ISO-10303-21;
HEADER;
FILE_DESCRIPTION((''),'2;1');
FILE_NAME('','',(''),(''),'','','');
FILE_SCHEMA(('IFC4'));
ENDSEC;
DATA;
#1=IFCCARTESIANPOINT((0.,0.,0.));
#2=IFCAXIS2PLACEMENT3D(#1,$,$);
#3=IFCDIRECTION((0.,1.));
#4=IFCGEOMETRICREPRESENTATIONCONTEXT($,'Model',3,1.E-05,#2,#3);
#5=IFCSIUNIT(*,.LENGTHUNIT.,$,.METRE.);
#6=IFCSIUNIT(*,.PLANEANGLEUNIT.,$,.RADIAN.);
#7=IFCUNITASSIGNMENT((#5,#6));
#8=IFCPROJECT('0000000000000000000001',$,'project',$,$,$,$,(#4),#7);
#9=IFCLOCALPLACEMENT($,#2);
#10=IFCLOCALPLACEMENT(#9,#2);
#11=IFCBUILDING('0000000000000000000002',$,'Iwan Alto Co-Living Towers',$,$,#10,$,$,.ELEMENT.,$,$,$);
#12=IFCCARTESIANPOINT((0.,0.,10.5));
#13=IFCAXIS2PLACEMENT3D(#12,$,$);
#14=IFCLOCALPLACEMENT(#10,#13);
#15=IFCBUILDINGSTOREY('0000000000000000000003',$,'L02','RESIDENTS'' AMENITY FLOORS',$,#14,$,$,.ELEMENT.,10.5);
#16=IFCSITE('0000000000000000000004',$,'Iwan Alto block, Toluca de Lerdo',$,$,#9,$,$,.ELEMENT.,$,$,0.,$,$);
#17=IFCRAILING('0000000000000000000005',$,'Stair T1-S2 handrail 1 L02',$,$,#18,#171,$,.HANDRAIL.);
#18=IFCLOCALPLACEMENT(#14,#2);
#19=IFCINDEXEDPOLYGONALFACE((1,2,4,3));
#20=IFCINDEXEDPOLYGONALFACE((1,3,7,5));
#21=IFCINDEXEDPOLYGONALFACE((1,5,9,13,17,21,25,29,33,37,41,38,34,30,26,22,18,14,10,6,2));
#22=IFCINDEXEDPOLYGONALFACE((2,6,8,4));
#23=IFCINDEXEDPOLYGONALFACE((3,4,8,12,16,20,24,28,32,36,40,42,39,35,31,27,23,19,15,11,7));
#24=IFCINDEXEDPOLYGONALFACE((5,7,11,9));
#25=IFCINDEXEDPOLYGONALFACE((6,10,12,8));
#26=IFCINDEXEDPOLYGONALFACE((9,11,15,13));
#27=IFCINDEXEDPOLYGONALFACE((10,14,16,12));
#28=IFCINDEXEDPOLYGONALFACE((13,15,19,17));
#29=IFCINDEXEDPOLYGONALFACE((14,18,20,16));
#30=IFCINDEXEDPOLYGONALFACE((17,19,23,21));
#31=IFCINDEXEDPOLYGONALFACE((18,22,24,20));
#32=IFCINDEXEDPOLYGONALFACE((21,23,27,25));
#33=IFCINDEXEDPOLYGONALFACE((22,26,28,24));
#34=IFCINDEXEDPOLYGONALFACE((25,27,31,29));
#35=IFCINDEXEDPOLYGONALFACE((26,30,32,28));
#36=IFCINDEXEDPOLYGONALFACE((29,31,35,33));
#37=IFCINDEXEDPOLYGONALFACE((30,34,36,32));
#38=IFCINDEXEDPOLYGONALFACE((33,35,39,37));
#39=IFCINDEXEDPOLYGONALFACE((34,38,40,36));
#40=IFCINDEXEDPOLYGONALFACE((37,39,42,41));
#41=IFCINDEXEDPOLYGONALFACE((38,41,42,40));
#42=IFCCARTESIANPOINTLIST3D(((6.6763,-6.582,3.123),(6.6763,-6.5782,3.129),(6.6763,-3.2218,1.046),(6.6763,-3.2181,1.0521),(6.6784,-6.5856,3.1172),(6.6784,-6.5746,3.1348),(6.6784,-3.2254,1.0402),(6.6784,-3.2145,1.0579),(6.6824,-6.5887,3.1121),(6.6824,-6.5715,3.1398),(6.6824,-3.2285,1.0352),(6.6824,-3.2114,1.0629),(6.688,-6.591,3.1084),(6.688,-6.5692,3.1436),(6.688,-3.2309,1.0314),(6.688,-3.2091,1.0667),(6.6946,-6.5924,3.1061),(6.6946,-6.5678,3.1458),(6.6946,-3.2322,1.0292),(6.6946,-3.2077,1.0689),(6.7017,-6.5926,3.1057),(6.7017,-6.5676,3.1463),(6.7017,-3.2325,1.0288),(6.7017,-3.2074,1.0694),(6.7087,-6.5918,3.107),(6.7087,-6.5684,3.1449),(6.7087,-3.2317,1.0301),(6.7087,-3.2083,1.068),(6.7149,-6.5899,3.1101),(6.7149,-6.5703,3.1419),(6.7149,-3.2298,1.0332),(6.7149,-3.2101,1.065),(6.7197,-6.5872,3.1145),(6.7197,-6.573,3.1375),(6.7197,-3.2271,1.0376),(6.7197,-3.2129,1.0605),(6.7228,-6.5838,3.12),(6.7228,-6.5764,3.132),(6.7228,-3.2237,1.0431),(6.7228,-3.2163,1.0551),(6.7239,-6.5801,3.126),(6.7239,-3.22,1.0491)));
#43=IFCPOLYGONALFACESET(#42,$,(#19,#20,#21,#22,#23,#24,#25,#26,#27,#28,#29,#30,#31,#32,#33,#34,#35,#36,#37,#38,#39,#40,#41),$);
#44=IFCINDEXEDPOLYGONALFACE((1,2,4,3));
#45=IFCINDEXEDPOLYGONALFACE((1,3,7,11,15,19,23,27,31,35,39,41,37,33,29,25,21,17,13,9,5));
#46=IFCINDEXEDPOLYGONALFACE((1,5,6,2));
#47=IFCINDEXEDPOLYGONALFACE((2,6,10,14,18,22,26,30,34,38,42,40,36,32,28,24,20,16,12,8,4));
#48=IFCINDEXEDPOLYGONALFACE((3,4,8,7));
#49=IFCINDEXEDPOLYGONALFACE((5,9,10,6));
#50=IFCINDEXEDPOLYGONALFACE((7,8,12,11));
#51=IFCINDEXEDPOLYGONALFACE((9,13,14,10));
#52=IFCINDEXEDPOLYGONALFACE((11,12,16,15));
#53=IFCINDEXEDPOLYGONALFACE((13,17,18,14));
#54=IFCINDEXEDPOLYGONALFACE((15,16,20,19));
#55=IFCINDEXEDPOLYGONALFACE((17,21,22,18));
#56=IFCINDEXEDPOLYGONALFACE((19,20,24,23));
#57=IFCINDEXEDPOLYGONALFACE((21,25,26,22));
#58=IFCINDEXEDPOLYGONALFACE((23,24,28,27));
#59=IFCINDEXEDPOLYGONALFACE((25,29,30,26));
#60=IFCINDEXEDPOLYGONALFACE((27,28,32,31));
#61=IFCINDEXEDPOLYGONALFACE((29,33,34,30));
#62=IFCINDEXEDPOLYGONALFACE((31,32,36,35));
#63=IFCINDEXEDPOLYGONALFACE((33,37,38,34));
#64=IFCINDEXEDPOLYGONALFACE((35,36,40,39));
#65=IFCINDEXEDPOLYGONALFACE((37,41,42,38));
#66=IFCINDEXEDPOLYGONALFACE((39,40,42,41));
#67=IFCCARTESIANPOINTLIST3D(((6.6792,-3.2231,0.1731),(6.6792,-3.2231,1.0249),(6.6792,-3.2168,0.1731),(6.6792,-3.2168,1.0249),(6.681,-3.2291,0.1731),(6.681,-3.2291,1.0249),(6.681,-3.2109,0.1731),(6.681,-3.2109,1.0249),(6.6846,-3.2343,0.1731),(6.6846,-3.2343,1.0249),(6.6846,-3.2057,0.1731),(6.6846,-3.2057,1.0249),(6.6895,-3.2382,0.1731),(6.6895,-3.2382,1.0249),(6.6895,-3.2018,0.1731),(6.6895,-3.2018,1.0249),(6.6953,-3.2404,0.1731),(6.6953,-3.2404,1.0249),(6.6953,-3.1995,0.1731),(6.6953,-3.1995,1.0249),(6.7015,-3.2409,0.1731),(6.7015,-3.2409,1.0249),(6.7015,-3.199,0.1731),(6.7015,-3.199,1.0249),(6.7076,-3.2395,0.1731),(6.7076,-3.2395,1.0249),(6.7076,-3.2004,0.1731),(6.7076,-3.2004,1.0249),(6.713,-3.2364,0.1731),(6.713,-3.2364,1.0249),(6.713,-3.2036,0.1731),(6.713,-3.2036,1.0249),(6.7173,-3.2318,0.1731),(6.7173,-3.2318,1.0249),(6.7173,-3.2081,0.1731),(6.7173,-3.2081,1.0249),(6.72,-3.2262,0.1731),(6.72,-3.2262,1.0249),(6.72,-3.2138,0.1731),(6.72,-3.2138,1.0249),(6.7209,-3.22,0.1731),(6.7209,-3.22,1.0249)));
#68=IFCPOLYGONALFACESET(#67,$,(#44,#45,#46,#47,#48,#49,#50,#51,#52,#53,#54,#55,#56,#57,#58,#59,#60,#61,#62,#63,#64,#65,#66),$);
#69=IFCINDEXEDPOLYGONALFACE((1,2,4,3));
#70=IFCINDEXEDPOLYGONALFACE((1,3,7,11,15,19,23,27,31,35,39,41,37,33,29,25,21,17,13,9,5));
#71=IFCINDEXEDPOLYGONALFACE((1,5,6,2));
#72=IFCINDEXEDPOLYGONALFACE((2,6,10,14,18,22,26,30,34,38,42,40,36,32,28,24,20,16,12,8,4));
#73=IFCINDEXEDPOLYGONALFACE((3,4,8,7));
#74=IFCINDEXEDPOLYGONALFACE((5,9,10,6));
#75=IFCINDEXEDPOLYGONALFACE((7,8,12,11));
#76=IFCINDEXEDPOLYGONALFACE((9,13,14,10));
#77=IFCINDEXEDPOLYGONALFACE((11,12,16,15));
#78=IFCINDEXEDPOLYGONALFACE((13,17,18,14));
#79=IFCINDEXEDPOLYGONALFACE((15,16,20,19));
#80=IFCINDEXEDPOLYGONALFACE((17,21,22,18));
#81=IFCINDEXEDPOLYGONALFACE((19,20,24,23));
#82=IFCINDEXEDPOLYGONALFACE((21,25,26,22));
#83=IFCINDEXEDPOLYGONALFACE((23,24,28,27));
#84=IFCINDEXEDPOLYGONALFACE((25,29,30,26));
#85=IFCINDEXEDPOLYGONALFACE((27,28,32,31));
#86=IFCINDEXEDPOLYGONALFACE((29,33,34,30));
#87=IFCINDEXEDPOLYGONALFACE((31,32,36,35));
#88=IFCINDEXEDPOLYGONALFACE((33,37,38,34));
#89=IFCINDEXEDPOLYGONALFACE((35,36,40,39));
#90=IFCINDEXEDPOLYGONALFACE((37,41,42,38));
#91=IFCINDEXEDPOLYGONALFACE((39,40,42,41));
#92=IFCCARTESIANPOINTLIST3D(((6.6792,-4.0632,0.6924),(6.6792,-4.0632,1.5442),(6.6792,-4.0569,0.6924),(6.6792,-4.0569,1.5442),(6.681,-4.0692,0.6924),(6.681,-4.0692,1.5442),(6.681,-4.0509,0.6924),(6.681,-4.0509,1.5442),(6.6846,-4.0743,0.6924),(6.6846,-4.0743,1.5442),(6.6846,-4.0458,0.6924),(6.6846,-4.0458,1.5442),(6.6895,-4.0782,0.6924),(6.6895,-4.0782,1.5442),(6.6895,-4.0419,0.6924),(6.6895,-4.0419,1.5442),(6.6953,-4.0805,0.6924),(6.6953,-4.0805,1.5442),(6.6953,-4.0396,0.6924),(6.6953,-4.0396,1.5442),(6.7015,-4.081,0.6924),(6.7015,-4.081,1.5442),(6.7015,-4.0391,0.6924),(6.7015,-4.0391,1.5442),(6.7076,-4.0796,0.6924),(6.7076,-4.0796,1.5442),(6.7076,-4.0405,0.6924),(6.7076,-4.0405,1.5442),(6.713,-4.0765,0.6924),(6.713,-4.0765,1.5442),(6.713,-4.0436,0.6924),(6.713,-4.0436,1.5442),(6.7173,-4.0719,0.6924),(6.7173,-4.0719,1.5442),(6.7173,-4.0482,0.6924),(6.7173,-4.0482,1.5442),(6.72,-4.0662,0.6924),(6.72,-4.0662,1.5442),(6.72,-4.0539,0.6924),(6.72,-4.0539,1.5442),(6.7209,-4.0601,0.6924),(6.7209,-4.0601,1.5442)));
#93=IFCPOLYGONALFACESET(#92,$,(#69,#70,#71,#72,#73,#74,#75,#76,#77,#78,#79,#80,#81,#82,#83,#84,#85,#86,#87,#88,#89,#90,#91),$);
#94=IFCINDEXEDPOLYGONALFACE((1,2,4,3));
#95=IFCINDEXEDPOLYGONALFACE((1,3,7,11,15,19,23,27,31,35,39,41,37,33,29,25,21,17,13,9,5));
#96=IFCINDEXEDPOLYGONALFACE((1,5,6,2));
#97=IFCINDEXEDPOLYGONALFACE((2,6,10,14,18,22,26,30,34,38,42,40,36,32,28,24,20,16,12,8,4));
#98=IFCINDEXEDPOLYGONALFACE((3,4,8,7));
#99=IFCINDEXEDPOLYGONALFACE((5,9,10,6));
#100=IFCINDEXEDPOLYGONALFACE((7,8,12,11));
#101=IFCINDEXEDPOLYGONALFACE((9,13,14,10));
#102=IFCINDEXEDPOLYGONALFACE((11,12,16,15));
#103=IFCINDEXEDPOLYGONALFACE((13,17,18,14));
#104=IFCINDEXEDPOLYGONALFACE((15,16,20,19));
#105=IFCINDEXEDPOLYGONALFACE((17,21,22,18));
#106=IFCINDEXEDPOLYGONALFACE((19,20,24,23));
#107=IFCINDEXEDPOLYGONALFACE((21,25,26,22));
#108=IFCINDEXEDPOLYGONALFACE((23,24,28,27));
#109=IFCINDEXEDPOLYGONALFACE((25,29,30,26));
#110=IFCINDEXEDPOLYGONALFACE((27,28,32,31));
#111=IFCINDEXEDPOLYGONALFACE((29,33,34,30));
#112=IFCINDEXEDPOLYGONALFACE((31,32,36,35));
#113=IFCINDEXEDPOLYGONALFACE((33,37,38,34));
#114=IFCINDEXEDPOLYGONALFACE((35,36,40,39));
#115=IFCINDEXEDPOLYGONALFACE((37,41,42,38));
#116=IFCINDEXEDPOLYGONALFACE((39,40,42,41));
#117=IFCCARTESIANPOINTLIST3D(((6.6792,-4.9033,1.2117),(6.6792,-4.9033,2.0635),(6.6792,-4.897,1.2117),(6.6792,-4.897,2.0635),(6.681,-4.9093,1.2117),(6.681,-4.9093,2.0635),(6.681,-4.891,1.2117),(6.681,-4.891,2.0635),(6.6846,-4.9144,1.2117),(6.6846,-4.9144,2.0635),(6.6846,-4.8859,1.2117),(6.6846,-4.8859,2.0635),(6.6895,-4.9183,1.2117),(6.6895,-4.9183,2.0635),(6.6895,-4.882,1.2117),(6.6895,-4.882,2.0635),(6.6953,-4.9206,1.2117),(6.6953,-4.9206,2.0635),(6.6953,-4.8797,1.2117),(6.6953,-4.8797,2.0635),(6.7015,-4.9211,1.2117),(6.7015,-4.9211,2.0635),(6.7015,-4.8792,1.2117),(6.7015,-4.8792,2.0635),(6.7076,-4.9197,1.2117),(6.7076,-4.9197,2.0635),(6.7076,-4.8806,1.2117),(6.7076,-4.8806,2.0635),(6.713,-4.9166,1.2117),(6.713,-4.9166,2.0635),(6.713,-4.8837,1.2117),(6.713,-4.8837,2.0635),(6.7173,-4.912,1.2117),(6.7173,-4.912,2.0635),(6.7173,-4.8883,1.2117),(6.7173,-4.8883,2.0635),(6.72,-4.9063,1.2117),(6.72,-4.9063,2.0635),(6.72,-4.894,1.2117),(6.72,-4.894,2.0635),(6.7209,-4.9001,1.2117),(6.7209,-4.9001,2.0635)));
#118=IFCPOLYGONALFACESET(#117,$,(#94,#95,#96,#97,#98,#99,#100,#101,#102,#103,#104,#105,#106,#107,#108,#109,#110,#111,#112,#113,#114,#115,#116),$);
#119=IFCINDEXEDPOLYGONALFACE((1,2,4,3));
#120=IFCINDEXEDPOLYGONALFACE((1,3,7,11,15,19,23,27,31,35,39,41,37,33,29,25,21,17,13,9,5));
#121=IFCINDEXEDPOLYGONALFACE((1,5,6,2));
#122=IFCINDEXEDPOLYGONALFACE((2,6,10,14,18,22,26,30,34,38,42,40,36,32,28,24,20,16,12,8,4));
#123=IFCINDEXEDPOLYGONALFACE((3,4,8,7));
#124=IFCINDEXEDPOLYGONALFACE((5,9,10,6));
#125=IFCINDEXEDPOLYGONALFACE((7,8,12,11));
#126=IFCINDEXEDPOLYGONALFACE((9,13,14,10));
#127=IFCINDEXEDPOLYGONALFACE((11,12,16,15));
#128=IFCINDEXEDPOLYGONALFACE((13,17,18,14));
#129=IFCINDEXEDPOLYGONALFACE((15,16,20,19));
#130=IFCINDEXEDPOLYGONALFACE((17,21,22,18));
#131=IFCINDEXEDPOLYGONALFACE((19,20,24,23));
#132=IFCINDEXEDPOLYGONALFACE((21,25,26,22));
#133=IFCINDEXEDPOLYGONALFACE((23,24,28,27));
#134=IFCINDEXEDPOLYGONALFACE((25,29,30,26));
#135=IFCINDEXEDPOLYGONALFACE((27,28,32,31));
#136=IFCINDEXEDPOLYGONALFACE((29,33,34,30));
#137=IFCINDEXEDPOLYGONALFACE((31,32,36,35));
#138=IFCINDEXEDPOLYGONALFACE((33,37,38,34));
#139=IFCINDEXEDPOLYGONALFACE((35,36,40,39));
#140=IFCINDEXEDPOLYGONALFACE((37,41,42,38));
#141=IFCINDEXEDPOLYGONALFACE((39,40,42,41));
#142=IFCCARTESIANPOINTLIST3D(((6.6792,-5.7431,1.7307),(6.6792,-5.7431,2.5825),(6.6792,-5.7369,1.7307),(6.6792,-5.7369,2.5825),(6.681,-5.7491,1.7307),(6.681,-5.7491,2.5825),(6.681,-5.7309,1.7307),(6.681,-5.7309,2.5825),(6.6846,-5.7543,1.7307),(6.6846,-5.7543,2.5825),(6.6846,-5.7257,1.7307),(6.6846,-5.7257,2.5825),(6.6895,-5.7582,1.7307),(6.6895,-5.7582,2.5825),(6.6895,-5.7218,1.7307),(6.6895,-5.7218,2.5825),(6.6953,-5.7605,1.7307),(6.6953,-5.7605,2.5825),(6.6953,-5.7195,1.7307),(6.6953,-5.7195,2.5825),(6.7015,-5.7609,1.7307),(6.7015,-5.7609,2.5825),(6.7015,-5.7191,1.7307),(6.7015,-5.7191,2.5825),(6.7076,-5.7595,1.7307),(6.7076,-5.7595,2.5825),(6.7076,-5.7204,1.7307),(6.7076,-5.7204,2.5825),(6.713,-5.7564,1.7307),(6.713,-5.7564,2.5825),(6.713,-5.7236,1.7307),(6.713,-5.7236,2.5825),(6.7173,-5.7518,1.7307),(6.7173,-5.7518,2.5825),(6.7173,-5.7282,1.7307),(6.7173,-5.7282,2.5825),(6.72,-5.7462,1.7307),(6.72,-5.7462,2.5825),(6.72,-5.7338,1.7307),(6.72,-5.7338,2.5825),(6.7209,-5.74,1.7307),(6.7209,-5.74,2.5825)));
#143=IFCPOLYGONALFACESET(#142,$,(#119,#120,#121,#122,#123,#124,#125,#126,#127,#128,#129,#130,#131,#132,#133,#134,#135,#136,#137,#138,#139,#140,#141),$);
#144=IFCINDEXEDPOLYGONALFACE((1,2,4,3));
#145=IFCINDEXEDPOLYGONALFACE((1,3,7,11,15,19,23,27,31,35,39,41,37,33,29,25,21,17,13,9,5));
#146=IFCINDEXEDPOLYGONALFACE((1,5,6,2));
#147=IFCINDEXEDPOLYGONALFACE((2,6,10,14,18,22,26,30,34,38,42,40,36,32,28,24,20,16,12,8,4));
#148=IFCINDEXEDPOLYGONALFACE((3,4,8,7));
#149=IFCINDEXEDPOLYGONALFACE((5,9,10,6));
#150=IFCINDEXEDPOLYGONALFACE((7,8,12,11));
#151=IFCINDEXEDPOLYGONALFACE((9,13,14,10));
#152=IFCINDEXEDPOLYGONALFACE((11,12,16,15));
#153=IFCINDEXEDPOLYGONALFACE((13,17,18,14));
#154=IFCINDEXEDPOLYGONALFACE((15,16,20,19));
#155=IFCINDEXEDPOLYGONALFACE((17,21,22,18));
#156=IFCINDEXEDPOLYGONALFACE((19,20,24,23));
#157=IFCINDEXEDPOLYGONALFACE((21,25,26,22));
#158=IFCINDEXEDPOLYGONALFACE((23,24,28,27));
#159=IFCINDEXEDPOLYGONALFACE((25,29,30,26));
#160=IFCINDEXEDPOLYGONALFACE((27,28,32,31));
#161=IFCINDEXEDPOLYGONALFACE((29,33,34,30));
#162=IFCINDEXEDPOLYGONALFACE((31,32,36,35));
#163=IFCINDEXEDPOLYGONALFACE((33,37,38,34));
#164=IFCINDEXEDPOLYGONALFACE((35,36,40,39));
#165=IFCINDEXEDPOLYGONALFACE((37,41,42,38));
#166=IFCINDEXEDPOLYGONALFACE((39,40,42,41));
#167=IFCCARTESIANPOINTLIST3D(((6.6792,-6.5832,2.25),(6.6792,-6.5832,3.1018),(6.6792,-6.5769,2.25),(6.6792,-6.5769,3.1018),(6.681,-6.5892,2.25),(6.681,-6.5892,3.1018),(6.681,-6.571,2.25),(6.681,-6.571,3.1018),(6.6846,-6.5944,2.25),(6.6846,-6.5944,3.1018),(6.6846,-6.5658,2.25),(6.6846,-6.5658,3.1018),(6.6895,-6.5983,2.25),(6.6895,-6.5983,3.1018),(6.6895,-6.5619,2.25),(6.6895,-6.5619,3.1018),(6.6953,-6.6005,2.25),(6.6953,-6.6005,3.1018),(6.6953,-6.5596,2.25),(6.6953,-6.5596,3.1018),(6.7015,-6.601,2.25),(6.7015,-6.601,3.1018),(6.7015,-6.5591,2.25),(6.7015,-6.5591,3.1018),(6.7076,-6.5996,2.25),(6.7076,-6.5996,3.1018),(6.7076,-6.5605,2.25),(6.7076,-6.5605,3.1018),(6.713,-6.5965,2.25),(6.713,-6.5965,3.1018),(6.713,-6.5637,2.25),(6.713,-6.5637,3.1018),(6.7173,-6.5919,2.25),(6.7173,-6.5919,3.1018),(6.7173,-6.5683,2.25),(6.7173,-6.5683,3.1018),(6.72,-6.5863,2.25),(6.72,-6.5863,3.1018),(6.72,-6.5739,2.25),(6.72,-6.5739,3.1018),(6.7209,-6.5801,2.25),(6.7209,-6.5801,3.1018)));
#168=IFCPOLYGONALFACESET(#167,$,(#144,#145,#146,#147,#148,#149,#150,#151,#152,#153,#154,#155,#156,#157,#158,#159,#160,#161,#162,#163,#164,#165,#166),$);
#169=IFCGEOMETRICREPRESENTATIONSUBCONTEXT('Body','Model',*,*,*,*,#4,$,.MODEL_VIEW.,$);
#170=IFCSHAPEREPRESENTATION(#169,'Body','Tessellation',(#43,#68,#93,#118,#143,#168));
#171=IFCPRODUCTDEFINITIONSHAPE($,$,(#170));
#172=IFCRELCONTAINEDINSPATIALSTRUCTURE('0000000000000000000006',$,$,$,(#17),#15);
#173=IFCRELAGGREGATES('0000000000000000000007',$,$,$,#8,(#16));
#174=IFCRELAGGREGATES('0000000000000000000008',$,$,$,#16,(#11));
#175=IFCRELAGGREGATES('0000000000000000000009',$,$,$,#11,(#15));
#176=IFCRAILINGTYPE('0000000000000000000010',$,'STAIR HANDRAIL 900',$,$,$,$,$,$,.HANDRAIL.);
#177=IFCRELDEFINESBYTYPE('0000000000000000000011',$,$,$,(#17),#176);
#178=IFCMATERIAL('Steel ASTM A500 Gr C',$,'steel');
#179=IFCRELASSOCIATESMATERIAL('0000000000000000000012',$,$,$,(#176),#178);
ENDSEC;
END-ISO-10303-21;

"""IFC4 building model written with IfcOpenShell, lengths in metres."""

from ifc_helpers import new_model, si_unit, direction, frame, origin, origin_2d, place, context, subcontext, project, spatial, circle, extrude, material, type_object, element, save


model = new_model("IFC4")

# Units and contexts
model_context = context("Model", 3, precision=1e-05, world=origin(), true_north=direction((0.0, 1.0)))
body_context = subcontext(model_context, "Body", "Model", "MODEL_VIEW")
ifc_project = project(units=[si_unit("LENGTHUNIT", "METRE"), si_unit("PLANEANGLEUNIT", "RADIAN")], contexts=[model_context])

# Site, building, storey
site_placement = place(None, origin())
site = spatial("IfcSite", under=ifc_project, at=site_placement, Name="Iwan Alto block, Toluca de Lerdo", CompositionType="ELEMENT", RefElevation=0.0)
building_placement = place(site_placement, origin())
building = spatial("IfcBuilding", under=site, at=building_placement, Name="Iwan Alto Co-Living Towers", CompositionType="ELEMENT")
storey_placement = place(building_placement, frame((0.0, 0.0, 10.5)))
storey = spatial("IfcBuildingStorey", under=building, at=storey_placement, Name="L02", Description="RESIDENTS' AMENITY FLOORS", CompositionType="ELEMENT", Elevation=10.5)

# Railing
ifc_material_1 = material(Name="Steel ASTM A500 Gr C", Category="steel")
railing_type_1 = type_object("IfcRailingType", Name="STAIR HANDRAIL 900", PredefinedType="HANDRAIL", material=ifc_material_1)
railing_1_placement = place(storey_placement, frame((6.7, -3.22, 0.1731)))
element("IfcRailing", 1, at=railing_1_placement, inside=storey, type_object=railing_type_1, Name="Stair T1-S2 handrail 1 L02", PredefinedType="HANDRAIL", context=body_context, shape_type="SweptSolid", body=[
    extrude(circle(Radius=0.0239, at=origin_2d()), frame((0.0, 0.0, 0.876), z_axis=(0.0, -0.850623, 0.525776), x_axis=(1.0, 0.0, 0.0)), (0.0, 0.0, 1.0), 3.9502),
    extrude(circle(Radius=0.021, at=origin_2d()), origin(), (0.0, 0.0, 1.0), 0.8518),
    extrude(circle(Radius=0.021, at=origin_2d()), frame((0.0, -0.8401, 0.5193)), (0.0, 0.0, 1.0), 0.8518),
    extrude(circle(Radius=0.021, at=origin_2d()), frame((0.0, -1.6802, 1.0386)), (0.0, 0.0, 1.0), 0.8518),
    extrude(circle(Radius=0.021, at=origin_2d()), frame((0.0, -2.52, 1.5576)), (0.0, 0.0, 1.0), 0.8518),
    extrude(circle(Radius=0.021, at=origin_2d()), frame((0.0, -3.3601, 2.0769)), (0.0, 0.0, 1.0), 0.8518),
])

save(model, "model.ifc")
